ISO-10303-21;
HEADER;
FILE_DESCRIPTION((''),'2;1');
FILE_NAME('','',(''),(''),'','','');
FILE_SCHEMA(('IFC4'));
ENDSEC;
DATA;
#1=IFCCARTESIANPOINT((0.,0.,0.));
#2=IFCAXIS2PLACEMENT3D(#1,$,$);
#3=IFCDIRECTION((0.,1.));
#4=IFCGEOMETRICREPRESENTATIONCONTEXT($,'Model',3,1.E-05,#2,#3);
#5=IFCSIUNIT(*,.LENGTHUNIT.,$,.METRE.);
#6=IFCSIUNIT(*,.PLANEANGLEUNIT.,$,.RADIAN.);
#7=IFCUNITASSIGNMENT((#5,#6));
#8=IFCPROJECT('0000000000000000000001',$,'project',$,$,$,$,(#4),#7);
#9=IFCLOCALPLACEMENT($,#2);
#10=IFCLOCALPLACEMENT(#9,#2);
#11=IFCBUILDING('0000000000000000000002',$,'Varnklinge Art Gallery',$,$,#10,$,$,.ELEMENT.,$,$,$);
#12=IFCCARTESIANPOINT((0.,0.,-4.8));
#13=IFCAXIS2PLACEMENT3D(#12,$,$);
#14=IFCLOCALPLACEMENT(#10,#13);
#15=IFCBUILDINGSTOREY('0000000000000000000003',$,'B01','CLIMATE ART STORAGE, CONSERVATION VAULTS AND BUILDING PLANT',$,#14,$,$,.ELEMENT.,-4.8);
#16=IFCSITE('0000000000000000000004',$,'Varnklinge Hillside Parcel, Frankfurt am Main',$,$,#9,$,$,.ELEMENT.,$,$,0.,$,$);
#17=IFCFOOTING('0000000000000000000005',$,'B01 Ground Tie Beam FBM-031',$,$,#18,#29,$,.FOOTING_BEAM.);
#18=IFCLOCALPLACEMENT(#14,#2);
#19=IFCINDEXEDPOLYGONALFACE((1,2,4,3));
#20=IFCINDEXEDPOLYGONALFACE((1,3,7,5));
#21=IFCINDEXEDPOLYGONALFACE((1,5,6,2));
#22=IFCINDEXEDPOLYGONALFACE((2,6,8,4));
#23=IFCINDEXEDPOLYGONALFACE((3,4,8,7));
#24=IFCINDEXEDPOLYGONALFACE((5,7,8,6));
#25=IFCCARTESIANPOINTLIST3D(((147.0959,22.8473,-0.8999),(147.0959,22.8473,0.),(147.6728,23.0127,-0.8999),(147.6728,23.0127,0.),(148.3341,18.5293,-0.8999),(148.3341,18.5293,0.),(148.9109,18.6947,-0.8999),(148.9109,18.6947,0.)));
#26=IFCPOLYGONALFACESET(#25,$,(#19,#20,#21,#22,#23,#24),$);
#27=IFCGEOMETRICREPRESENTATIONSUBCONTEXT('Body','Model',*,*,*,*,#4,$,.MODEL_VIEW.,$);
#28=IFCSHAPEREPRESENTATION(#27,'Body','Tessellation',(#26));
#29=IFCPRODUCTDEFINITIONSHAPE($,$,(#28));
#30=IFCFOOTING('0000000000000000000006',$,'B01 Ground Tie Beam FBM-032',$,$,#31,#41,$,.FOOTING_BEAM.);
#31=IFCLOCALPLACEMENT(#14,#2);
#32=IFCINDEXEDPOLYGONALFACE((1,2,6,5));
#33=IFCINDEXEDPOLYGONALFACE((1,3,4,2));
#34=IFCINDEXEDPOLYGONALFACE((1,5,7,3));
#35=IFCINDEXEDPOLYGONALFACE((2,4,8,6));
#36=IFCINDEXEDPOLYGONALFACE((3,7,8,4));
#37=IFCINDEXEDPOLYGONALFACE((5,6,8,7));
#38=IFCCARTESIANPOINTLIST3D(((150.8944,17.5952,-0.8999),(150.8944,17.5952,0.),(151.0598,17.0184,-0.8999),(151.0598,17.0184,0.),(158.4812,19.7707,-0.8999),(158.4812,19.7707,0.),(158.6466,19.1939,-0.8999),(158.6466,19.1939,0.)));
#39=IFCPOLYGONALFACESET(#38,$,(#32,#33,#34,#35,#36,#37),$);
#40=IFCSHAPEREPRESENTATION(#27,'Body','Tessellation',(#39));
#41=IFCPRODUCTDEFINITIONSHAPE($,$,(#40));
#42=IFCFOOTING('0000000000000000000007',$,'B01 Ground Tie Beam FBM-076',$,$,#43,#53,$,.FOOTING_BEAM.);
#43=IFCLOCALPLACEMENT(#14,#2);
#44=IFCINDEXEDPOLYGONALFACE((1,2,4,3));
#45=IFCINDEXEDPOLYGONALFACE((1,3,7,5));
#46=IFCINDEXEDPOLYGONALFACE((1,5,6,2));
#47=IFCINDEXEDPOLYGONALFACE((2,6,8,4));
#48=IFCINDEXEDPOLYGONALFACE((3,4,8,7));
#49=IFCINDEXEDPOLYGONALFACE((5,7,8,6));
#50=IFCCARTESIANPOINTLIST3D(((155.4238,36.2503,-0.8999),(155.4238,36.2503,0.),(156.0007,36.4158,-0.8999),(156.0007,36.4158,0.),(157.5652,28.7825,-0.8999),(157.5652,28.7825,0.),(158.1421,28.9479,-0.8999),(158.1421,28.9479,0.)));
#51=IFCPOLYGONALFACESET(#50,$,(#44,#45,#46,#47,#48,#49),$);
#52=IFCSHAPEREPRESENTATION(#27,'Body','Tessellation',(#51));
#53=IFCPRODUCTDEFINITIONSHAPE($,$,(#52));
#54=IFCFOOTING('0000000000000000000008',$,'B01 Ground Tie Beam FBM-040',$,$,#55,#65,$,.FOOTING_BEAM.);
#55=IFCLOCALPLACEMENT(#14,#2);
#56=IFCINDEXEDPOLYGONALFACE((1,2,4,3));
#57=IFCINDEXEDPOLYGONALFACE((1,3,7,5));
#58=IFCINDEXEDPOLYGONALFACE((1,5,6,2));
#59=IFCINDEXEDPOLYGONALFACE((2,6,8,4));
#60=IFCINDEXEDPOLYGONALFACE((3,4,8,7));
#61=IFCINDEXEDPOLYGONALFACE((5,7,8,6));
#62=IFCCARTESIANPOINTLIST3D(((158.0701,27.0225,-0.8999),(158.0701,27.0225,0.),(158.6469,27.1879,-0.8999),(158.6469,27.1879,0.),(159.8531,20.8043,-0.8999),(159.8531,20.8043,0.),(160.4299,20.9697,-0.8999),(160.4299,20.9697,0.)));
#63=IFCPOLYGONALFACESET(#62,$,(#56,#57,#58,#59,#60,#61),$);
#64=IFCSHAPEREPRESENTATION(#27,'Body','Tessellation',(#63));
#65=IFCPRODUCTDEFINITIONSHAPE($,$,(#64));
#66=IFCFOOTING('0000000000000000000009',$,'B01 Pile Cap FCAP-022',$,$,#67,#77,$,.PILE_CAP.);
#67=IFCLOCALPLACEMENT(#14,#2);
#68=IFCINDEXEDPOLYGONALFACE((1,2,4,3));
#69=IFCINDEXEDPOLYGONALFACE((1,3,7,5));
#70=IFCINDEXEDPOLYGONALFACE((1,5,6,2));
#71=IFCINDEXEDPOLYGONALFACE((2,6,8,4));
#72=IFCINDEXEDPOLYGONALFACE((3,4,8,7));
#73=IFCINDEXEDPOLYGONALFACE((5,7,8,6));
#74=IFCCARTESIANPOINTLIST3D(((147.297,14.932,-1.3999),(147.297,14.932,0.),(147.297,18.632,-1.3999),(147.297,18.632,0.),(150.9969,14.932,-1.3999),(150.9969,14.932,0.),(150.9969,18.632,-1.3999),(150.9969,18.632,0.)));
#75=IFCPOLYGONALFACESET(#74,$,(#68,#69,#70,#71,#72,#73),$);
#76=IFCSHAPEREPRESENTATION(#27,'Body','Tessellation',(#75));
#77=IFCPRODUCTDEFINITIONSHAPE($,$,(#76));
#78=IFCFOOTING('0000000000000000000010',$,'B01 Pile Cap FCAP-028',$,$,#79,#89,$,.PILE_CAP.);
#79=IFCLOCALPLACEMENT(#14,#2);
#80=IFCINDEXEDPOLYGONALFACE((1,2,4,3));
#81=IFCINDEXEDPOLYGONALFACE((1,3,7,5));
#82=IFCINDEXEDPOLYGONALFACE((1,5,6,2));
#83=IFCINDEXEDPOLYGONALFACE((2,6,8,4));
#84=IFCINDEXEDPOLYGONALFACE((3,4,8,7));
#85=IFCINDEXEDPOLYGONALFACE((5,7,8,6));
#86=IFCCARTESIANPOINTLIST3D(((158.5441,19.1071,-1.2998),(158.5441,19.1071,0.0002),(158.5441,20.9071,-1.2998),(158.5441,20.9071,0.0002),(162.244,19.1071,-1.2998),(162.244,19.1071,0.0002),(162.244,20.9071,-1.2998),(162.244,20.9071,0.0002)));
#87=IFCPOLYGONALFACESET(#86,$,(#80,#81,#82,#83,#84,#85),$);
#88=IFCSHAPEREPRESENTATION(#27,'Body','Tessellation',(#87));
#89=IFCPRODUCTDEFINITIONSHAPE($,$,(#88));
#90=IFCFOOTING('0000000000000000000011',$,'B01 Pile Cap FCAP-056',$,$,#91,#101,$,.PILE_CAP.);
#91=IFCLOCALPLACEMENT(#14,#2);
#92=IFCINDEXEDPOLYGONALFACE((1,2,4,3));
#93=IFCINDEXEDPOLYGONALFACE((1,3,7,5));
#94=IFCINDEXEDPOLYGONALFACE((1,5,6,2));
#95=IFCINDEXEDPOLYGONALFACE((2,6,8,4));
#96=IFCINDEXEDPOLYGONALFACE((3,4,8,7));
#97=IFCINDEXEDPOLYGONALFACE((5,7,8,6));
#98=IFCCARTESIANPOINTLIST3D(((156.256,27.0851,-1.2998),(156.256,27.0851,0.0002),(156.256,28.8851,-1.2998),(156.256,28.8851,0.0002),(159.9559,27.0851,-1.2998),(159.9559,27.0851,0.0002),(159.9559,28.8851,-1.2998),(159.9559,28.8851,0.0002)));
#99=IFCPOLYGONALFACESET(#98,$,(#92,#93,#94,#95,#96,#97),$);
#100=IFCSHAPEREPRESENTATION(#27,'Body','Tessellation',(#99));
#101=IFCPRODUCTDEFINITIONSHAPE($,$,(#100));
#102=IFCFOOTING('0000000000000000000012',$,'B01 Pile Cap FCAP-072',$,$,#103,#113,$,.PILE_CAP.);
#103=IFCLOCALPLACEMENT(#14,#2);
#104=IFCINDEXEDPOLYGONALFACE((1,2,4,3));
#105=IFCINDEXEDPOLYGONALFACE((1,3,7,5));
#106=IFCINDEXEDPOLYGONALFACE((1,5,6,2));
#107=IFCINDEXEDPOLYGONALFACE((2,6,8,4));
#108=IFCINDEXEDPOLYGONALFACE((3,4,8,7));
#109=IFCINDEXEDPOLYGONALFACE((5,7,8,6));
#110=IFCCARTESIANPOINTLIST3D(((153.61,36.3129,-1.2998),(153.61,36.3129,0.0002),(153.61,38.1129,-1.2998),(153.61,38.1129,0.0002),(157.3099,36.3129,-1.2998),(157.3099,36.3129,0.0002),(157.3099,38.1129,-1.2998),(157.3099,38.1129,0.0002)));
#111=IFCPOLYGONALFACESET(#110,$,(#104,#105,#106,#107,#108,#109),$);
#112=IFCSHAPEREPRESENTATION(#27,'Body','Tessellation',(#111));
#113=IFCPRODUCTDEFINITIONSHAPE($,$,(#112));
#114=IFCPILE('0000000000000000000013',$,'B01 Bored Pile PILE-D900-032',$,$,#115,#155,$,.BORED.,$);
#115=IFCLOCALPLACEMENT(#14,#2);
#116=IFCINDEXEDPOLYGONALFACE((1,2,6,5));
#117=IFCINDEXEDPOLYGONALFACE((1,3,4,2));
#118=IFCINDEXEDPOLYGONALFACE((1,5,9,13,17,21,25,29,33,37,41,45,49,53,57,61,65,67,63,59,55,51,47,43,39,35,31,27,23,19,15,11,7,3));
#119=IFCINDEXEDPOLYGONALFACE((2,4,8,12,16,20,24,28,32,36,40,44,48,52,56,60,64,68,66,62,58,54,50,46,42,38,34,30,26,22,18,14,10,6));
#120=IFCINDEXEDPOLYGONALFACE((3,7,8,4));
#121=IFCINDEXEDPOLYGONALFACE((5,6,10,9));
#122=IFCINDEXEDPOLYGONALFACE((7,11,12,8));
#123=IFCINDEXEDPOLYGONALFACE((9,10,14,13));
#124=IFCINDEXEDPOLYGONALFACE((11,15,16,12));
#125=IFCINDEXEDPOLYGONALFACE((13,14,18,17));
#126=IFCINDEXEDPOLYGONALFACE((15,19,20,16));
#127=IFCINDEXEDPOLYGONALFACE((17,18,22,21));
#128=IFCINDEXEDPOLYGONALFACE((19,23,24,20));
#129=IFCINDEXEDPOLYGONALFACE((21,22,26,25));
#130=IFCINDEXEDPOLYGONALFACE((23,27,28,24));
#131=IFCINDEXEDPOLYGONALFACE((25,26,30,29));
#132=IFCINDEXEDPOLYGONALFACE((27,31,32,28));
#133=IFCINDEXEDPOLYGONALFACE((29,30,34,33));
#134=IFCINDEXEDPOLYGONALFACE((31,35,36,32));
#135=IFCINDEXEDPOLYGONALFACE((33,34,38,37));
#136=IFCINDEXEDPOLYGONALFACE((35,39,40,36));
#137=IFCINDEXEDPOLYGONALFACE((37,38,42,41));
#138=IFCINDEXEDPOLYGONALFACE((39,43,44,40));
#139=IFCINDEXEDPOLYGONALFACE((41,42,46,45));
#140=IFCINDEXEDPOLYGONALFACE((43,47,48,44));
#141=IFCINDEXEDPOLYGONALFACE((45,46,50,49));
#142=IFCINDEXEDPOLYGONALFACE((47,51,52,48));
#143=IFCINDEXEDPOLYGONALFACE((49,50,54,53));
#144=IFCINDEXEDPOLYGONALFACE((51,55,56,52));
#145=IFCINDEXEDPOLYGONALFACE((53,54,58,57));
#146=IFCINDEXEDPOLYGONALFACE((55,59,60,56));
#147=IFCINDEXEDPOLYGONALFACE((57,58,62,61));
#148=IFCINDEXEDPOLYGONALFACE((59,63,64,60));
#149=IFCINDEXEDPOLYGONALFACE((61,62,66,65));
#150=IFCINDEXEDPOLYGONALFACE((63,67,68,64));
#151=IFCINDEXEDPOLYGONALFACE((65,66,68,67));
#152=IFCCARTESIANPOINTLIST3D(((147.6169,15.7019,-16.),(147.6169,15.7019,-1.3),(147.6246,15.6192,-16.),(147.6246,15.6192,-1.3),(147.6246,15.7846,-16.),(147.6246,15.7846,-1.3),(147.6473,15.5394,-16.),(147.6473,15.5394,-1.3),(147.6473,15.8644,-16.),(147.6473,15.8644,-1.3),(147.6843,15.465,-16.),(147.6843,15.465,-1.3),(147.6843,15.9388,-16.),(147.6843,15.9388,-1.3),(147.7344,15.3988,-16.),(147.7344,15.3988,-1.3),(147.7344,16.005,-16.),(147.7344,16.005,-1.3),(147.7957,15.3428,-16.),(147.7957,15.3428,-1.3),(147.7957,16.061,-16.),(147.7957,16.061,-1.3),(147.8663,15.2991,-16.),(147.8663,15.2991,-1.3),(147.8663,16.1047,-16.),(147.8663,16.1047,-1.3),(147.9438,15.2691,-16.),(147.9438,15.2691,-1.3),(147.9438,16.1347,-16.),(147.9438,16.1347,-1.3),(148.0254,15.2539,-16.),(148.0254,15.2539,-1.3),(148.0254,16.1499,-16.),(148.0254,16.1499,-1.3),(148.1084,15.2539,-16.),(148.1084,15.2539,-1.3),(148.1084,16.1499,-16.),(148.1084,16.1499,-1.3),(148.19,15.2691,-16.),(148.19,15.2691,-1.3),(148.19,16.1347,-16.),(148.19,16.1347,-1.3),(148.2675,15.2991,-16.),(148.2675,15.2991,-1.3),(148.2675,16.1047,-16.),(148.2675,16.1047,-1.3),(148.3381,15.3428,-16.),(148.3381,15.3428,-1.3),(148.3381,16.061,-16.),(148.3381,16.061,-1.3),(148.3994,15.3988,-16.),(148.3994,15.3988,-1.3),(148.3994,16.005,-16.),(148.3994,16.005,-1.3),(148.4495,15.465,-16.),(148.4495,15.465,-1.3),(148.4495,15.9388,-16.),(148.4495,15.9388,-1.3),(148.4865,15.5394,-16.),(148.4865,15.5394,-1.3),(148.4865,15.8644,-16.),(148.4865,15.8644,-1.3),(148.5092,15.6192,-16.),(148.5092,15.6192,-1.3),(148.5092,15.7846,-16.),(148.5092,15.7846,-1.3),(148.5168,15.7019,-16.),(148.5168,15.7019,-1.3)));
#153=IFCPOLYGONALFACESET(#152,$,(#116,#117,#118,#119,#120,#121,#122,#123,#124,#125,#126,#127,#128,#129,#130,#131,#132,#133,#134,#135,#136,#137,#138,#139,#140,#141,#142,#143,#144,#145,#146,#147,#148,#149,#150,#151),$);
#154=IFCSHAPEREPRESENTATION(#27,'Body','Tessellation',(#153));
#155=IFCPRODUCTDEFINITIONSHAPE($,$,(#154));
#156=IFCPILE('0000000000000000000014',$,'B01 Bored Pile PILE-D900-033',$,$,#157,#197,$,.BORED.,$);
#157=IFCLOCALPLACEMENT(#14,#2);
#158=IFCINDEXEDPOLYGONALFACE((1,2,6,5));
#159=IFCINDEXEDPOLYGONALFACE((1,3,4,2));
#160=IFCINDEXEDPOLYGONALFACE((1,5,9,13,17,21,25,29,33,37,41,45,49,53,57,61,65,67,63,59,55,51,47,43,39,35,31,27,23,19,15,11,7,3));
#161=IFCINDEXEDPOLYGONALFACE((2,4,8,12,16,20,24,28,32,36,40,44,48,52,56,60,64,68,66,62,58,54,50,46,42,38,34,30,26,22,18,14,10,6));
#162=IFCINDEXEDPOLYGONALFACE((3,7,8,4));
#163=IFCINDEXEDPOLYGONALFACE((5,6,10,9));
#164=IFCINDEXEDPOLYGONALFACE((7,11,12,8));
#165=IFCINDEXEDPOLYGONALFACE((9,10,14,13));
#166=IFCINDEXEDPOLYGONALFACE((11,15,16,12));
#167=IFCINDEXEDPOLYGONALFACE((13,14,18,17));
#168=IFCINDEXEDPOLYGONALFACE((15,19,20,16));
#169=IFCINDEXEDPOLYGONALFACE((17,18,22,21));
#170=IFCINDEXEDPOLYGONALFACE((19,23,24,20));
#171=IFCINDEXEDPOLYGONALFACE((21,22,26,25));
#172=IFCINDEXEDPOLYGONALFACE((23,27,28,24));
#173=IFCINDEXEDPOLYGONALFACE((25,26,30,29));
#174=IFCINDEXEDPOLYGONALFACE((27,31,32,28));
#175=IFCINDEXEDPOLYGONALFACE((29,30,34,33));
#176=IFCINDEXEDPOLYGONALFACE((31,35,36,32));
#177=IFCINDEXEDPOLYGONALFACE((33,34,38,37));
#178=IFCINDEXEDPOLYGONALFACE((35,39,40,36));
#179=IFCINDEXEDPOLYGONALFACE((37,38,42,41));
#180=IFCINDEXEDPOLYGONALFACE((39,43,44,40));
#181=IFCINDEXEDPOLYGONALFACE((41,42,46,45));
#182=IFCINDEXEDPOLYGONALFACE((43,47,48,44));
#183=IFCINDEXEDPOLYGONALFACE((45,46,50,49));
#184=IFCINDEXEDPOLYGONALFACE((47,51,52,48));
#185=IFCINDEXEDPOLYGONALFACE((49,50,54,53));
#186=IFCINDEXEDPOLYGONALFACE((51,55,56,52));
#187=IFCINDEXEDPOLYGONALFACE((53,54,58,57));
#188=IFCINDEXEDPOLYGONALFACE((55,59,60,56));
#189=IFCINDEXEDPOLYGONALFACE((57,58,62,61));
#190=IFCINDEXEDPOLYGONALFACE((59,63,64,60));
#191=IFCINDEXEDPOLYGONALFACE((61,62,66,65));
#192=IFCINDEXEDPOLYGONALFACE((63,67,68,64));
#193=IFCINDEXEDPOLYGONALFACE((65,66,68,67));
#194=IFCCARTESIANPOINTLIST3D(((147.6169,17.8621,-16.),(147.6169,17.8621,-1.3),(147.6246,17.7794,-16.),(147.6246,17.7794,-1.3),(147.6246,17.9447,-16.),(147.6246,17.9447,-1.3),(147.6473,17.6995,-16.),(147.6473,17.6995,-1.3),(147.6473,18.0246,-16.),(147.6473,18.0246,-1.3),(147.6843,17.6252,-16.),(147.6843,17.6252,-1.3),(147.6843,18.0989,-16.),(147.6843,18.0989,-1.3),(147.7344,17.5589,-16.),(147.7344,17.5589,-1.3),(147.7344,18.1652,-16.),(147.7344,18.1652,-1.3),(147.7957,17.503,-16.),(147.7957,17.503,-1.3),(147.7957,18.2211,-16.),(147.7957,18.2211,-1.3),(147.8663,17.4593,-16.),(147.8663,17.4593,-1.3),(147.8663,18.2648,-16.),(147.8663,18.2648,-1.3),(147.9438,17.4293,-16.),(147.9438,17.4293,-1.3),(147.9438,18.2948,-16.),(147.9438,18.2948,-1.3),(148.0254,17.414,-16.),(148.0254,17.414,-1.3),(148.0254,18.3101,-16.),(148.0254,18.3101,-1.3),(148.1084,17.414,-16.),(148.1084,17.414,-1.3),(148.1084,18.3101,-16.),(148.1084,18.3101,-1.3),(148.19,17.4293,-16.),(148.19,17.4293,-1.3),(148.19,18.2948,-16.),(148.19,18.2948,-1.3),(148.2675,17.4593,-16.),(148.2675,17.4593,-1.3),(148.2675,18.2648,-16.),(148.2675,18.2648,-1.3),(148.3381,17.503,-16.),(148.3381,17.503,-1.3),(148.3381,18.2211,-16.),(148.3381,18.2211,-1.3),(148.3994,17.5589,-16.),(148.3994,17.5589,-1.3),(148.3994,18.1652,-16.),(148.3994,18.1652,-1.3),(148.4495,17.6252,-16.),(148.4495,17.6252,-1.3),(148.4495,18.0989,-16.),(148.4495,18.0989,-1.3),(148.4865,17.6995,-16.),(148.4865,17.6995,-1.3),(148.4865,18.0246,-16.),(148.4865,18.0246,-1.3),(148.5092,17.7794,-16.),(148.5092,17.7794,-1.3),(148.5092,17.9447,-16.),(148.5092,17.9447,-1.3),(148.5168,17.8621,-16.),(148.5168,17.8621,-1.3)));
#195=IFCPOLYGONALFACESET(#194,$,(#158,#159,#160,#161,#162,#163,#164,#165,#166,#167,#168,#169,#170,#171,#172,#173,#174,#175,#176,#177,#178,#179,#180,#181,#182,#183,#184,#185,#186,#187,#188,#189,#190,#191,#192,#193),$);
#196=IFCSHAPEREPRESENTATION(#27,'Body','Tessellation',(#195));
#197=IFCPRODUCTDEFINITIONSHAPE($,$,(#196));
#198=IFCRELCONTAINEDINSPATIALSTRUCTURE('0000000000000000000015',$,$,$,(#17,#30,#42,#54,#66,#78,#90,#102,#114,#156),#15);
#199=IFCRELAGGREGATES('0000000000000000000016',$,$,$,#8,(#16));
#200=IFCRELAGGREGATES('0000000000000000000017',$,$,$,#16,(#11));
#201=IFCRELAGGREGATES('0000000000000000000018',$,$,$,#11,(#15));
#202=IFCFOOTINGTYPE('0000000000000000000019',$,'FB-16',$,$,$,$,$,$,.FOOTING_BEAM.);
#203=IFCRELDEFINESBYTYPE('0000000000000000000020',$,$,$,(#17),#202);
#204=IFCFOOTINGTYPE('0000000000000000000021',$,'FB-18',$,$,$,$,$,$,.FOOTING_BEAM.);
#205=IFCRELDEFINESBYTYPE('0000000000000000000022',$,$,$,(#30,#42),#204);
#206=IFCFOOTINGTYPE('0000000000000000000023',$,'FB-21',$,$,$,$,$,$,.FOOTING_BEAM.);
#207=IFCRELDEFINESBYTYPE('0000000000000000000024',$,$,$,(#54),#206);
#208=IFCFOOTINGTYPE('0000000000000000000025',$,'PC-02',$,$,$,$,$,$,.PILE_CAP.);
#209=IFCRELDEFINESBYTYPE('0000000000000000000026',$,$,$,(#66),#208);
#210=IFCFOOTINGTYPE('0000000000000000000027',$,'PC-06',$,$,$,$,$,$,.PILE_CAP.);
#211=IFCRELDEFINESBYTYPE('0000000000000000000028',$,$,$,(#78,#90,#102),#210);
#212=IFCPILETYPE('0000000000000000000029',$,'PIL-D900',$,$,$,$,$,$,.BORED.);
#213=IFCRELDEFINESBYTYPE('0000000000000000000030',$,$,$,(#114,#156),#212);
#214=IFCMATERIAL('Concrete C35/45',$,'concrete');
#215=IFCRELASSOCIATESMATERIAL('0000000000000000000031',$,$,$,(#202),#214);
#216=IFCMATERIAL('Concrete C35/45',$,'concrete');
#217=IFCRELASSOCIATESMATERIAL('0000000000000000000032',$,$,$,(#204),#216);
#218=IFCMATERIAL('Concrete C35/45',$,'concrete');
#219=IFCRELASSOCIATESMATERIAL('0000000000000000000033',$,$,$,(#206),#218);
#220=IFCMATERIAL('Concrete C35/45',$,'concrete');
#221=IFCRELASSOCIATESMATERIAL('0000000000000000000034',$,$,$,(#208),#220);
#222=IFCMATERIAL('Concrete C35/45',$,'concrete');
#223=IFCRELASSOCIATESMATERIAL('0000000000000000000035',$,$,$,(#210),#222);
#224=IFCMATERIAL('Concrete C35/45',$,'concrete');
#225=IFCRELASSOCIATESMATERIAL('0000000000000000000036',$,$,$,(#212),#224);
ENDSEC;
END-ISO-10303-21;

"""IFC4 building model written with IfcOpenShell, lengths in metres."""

from ifc_helpers import new_model, si_unit, direction, frame, origin, origin_2d, place, context, subcontext, project, spatial, rectangle, circle, extrude, material, material_profile, profile_set, type_object, element, save


model = new_model("IFC4")

# Units and contexts
model_context = context("Model", 3, precision=1e-05, world=origin(), true_north=direction((0.0, 1.0)))
body_context = subcontext(model_context, "Body", "Model", "MODEL_VIEW")
ifc_project = project(units=[si_unit("LENGTHUNIT", "METRE"), si_unit("PLANEANGLEUNIT", "RADIAN")], contexts=[model_context])

# Site, building, storey
site_placement = place(None, origin())
site = spatial("IfcSite", under=ifc_project, at=site_placement, Name="Varnklinge Hillside Parcel, Frankfurt am Main", CompositionType="ELEMENT", RefElevation=0.0)
building_placement = place(site_placement, origin())
building = spatial("IfcBuilding", under=site, at=building_placement, Name="Varnklinge Art Gallery", CompositionType="ELEMENT")
storey_placement = place(building_placement, frame((0.0, 0.0, -4.8)))
storey = spatial("IfcBuildingStorey", under=building, at=storey_placement, Name="B01", Description="CLIMATE ART STORAGE, CONSERVATION VAULTS AND BUILDING PLANT", CompositionType="ELEMENT", Elevation=-4.8)

# Footings
ifc_material_1 = material(Name="Concrete C35/45", Category="concrete")
footing_type_1 = type_object("IfcFootingType", Name="FB-16", PredefinedType="FOOTING_BEAM", material=ifc_material_1)
footing_1_placement = place(storey_placement, frame((148.0034, 20.771, -0.8999), z_axis=(0.0, 0.0, 1.0), x_axis=(-0.275637, 0.961262, 0.0)))
element("IfcFooting", 1, at=footing_1_placement, inside=storey, type_object=footing_type_1, Name="B01 Ground Tie Beam FBM-031", PredefinedType="FOOTING_BEAM", context=body_context, shape_type="SweptSolid", body=[
    extrude(rectangle(XDim=4.4919, YDim=0.6001, at=origin_2d()), origin(), (0.0, 0.0, 1.0), 0.8999),
])
ifc_material_2 = material(Name="Concrete C35/45", Category="concrete")
footing_type_2 = type_object("IfcFootingType", Name="FB-18", PredefinedType="FOOTING_BEAM", material=ifc_material_2)
footing_2_placement = place(storey_placement, frame((154.7705, 18.3945, -0.8999), z_axis=(0.0, 0.0, 1.0), x_axis=(0.961262, 0.275637, 0.0)))
element("IfcFooting", 2, at=footing_2_placement, inside=storey, type_object=footing_type_2, Name="B01 Ground Tie Beam FBM-032", PredefinedType="FOOTING_BEAM", context=body_context, shape_type="SweptSolid", body=[
    extrude(rectangle(XDim=7.8926, YDim=0.6001, at=origin_2d()), origin(), (0.0, 0.0, 1.0), 0.8999),
])
footing_3_placement = place(storey_placement, frame((156.783, 32.5991, -0.8999), z_axis=(0.0, 0.0, 1.0), x_axis=(-0.275637, 0.961262, 0.0)))
element("IfcFooting", 3, at=footing_3_placement, inside=storey, type_object=footing_type_2, Name="B01 Ground Tie Beam FBM-076", PredefinedType="FOOTING_BEAM", context=body_context, shape_type="SweptSolid", body=[
    extrude(rectangle(XDim=7.7688, YDim=0.6001, at=origin_2d()), origin(), (0.0, 0.0, 1.0), 0.8999),
])
ifc_material_3 = material(Name="Concrete C35/45", Category="concrete")
footing_type_3 = type_object("IfcFootingType", Name="FB-21", PredefinedType="FOOTING_BEAM", material=ifc_material_3)
footing_4_placement = place(storey_placement, frame((159.25, 23.9961, -0.8999), z_axis=(0.0, 0.0, 1.0), x_axis=(-0.275637, 0.961262, 0.0)))
element("IfcFooting", 4, at=footing_4_placement, inside=storey, type_object=footing_type_3, Name="B01 Ground Tie Beam FBM-040", PredefinedType="FOOTING_BEAM", context=body_context, shape_type="SweptSolid", body=[
    extrude(rectangle(XDim=6.4688, YDim=0.6001, at=origin_2d()), origin(), (0.0, 0.0, 1.0), 0.8999),
])
ifc_material_4 = material(Name="Concrete C35/45", Category="concrete")
footing_type_4 = type_object("IfcFootingType", Name="PC-02", PredefinedType="PILE_CAP", material=ifc_material_4)
footing_5_placement = place(storey_placement, frame((149.147, 16.782, -1.3999), z_axis=(0.0, 0.0, 1.0), x_axis=(1.0, 0.0, 0.0)))
element("IfcFooting", 5, at=footing_5_placement, inside=storey, type_object=footing_type_4, Name="B01 Pile Cap FCAP-022", PredefinedType="PILE_CAP", context=body_context, shape_type="SweptSolid", body=[
    extrude(rectangle(XDim=3.7, YDim=3.7, at=origin_2d()), origin(), (0.0, 0.0, 1.0), 1.3999),
])
ifc_material_5 = material(Name="Concrete C35/45", Category="concrete")
footing_type_5 = type_object("IfcFootingType", Name="PC-06", PredefinedType="PILE_CAP", material=ifc_material_5)
for number, where, z_axis, x_axis, name in (
    (6, (160.394, 20.0071, -1.2998), (0.0, 0.0, 1.0), (1.0, 0.0, 0.0), "B01 Pile Cap FCAP-028"),
    (7, (158.106, 27.9851, -1.2998), (0.0, 0.0, 1.0), (1.0, 0.0, 0.0), "B01 Pile Cap FCAP-056"),
    (8, (155.46, 37.2129, -1.2998), (0.0, 0.0, 1.0), (1.0, 0.0, 0.0), "B01 Pile Cap FCAP-072"),
):
    element("IfcFooting", number, at=place(storey_placement, frame(where, z_axis=z_axis, x_axis=x_axis)), inside=storey, type_object=footing_type_5, Name=name, PredefinedType="PILE_CAP", context=body_context, shape_type="SweptSolid", body=[
        extrude(rectangle(XDim=3.7, YDim=1.8, at=origin_2d()), origin(), (0.0, 0.0, 1.0), 1.3),
    ])

# Piles
ifc_material_6 = material(Name="Concrete C35/45", Category="concrete")
ifc_material_profile_1 = material_profile(ifc_material_6, circle(Radius=0.45, at=origin_2d()), Name="PILE D900")
ifc_profile_set_1 = profile_set([ifc_material_profile_1], Name="Concrete C35/45")
pile_type = type_object("IfcPileType", Name="PIL-D900", PredefinedType="BORED", material=ifc_profile_set_1)
for number, where, z_axis, x_axis, name in (
    (9, (148.0669, 15.7019, -1.3), (0.0, 0.0, -1.0), (1.0, 0.0, 0.0), "B01 Bored Pile PILE-D900-032"),
    (10, (148.0669, 17.8621, -1.3), (0.0, 0.0, -1.0), (1.0, 0.0, 0.0), "B01 Bored Pile PILE-D900-033"),
):
    element("IfcPile", number, at=place(storey_placement, frame(where, z_axis=z_axis, x_axis=x_axis)), inside=storey, type_object=pile_type, Name=name, PredefinedType="BORED", context=body_context, shape_type="SweptSolid", body=[
        extrude(circle(Radius=0.45, at=origin_2d()), origin(), (0.0, 0.0, 1.0), 14.7),
    ])

save(model, "model.ifc")
